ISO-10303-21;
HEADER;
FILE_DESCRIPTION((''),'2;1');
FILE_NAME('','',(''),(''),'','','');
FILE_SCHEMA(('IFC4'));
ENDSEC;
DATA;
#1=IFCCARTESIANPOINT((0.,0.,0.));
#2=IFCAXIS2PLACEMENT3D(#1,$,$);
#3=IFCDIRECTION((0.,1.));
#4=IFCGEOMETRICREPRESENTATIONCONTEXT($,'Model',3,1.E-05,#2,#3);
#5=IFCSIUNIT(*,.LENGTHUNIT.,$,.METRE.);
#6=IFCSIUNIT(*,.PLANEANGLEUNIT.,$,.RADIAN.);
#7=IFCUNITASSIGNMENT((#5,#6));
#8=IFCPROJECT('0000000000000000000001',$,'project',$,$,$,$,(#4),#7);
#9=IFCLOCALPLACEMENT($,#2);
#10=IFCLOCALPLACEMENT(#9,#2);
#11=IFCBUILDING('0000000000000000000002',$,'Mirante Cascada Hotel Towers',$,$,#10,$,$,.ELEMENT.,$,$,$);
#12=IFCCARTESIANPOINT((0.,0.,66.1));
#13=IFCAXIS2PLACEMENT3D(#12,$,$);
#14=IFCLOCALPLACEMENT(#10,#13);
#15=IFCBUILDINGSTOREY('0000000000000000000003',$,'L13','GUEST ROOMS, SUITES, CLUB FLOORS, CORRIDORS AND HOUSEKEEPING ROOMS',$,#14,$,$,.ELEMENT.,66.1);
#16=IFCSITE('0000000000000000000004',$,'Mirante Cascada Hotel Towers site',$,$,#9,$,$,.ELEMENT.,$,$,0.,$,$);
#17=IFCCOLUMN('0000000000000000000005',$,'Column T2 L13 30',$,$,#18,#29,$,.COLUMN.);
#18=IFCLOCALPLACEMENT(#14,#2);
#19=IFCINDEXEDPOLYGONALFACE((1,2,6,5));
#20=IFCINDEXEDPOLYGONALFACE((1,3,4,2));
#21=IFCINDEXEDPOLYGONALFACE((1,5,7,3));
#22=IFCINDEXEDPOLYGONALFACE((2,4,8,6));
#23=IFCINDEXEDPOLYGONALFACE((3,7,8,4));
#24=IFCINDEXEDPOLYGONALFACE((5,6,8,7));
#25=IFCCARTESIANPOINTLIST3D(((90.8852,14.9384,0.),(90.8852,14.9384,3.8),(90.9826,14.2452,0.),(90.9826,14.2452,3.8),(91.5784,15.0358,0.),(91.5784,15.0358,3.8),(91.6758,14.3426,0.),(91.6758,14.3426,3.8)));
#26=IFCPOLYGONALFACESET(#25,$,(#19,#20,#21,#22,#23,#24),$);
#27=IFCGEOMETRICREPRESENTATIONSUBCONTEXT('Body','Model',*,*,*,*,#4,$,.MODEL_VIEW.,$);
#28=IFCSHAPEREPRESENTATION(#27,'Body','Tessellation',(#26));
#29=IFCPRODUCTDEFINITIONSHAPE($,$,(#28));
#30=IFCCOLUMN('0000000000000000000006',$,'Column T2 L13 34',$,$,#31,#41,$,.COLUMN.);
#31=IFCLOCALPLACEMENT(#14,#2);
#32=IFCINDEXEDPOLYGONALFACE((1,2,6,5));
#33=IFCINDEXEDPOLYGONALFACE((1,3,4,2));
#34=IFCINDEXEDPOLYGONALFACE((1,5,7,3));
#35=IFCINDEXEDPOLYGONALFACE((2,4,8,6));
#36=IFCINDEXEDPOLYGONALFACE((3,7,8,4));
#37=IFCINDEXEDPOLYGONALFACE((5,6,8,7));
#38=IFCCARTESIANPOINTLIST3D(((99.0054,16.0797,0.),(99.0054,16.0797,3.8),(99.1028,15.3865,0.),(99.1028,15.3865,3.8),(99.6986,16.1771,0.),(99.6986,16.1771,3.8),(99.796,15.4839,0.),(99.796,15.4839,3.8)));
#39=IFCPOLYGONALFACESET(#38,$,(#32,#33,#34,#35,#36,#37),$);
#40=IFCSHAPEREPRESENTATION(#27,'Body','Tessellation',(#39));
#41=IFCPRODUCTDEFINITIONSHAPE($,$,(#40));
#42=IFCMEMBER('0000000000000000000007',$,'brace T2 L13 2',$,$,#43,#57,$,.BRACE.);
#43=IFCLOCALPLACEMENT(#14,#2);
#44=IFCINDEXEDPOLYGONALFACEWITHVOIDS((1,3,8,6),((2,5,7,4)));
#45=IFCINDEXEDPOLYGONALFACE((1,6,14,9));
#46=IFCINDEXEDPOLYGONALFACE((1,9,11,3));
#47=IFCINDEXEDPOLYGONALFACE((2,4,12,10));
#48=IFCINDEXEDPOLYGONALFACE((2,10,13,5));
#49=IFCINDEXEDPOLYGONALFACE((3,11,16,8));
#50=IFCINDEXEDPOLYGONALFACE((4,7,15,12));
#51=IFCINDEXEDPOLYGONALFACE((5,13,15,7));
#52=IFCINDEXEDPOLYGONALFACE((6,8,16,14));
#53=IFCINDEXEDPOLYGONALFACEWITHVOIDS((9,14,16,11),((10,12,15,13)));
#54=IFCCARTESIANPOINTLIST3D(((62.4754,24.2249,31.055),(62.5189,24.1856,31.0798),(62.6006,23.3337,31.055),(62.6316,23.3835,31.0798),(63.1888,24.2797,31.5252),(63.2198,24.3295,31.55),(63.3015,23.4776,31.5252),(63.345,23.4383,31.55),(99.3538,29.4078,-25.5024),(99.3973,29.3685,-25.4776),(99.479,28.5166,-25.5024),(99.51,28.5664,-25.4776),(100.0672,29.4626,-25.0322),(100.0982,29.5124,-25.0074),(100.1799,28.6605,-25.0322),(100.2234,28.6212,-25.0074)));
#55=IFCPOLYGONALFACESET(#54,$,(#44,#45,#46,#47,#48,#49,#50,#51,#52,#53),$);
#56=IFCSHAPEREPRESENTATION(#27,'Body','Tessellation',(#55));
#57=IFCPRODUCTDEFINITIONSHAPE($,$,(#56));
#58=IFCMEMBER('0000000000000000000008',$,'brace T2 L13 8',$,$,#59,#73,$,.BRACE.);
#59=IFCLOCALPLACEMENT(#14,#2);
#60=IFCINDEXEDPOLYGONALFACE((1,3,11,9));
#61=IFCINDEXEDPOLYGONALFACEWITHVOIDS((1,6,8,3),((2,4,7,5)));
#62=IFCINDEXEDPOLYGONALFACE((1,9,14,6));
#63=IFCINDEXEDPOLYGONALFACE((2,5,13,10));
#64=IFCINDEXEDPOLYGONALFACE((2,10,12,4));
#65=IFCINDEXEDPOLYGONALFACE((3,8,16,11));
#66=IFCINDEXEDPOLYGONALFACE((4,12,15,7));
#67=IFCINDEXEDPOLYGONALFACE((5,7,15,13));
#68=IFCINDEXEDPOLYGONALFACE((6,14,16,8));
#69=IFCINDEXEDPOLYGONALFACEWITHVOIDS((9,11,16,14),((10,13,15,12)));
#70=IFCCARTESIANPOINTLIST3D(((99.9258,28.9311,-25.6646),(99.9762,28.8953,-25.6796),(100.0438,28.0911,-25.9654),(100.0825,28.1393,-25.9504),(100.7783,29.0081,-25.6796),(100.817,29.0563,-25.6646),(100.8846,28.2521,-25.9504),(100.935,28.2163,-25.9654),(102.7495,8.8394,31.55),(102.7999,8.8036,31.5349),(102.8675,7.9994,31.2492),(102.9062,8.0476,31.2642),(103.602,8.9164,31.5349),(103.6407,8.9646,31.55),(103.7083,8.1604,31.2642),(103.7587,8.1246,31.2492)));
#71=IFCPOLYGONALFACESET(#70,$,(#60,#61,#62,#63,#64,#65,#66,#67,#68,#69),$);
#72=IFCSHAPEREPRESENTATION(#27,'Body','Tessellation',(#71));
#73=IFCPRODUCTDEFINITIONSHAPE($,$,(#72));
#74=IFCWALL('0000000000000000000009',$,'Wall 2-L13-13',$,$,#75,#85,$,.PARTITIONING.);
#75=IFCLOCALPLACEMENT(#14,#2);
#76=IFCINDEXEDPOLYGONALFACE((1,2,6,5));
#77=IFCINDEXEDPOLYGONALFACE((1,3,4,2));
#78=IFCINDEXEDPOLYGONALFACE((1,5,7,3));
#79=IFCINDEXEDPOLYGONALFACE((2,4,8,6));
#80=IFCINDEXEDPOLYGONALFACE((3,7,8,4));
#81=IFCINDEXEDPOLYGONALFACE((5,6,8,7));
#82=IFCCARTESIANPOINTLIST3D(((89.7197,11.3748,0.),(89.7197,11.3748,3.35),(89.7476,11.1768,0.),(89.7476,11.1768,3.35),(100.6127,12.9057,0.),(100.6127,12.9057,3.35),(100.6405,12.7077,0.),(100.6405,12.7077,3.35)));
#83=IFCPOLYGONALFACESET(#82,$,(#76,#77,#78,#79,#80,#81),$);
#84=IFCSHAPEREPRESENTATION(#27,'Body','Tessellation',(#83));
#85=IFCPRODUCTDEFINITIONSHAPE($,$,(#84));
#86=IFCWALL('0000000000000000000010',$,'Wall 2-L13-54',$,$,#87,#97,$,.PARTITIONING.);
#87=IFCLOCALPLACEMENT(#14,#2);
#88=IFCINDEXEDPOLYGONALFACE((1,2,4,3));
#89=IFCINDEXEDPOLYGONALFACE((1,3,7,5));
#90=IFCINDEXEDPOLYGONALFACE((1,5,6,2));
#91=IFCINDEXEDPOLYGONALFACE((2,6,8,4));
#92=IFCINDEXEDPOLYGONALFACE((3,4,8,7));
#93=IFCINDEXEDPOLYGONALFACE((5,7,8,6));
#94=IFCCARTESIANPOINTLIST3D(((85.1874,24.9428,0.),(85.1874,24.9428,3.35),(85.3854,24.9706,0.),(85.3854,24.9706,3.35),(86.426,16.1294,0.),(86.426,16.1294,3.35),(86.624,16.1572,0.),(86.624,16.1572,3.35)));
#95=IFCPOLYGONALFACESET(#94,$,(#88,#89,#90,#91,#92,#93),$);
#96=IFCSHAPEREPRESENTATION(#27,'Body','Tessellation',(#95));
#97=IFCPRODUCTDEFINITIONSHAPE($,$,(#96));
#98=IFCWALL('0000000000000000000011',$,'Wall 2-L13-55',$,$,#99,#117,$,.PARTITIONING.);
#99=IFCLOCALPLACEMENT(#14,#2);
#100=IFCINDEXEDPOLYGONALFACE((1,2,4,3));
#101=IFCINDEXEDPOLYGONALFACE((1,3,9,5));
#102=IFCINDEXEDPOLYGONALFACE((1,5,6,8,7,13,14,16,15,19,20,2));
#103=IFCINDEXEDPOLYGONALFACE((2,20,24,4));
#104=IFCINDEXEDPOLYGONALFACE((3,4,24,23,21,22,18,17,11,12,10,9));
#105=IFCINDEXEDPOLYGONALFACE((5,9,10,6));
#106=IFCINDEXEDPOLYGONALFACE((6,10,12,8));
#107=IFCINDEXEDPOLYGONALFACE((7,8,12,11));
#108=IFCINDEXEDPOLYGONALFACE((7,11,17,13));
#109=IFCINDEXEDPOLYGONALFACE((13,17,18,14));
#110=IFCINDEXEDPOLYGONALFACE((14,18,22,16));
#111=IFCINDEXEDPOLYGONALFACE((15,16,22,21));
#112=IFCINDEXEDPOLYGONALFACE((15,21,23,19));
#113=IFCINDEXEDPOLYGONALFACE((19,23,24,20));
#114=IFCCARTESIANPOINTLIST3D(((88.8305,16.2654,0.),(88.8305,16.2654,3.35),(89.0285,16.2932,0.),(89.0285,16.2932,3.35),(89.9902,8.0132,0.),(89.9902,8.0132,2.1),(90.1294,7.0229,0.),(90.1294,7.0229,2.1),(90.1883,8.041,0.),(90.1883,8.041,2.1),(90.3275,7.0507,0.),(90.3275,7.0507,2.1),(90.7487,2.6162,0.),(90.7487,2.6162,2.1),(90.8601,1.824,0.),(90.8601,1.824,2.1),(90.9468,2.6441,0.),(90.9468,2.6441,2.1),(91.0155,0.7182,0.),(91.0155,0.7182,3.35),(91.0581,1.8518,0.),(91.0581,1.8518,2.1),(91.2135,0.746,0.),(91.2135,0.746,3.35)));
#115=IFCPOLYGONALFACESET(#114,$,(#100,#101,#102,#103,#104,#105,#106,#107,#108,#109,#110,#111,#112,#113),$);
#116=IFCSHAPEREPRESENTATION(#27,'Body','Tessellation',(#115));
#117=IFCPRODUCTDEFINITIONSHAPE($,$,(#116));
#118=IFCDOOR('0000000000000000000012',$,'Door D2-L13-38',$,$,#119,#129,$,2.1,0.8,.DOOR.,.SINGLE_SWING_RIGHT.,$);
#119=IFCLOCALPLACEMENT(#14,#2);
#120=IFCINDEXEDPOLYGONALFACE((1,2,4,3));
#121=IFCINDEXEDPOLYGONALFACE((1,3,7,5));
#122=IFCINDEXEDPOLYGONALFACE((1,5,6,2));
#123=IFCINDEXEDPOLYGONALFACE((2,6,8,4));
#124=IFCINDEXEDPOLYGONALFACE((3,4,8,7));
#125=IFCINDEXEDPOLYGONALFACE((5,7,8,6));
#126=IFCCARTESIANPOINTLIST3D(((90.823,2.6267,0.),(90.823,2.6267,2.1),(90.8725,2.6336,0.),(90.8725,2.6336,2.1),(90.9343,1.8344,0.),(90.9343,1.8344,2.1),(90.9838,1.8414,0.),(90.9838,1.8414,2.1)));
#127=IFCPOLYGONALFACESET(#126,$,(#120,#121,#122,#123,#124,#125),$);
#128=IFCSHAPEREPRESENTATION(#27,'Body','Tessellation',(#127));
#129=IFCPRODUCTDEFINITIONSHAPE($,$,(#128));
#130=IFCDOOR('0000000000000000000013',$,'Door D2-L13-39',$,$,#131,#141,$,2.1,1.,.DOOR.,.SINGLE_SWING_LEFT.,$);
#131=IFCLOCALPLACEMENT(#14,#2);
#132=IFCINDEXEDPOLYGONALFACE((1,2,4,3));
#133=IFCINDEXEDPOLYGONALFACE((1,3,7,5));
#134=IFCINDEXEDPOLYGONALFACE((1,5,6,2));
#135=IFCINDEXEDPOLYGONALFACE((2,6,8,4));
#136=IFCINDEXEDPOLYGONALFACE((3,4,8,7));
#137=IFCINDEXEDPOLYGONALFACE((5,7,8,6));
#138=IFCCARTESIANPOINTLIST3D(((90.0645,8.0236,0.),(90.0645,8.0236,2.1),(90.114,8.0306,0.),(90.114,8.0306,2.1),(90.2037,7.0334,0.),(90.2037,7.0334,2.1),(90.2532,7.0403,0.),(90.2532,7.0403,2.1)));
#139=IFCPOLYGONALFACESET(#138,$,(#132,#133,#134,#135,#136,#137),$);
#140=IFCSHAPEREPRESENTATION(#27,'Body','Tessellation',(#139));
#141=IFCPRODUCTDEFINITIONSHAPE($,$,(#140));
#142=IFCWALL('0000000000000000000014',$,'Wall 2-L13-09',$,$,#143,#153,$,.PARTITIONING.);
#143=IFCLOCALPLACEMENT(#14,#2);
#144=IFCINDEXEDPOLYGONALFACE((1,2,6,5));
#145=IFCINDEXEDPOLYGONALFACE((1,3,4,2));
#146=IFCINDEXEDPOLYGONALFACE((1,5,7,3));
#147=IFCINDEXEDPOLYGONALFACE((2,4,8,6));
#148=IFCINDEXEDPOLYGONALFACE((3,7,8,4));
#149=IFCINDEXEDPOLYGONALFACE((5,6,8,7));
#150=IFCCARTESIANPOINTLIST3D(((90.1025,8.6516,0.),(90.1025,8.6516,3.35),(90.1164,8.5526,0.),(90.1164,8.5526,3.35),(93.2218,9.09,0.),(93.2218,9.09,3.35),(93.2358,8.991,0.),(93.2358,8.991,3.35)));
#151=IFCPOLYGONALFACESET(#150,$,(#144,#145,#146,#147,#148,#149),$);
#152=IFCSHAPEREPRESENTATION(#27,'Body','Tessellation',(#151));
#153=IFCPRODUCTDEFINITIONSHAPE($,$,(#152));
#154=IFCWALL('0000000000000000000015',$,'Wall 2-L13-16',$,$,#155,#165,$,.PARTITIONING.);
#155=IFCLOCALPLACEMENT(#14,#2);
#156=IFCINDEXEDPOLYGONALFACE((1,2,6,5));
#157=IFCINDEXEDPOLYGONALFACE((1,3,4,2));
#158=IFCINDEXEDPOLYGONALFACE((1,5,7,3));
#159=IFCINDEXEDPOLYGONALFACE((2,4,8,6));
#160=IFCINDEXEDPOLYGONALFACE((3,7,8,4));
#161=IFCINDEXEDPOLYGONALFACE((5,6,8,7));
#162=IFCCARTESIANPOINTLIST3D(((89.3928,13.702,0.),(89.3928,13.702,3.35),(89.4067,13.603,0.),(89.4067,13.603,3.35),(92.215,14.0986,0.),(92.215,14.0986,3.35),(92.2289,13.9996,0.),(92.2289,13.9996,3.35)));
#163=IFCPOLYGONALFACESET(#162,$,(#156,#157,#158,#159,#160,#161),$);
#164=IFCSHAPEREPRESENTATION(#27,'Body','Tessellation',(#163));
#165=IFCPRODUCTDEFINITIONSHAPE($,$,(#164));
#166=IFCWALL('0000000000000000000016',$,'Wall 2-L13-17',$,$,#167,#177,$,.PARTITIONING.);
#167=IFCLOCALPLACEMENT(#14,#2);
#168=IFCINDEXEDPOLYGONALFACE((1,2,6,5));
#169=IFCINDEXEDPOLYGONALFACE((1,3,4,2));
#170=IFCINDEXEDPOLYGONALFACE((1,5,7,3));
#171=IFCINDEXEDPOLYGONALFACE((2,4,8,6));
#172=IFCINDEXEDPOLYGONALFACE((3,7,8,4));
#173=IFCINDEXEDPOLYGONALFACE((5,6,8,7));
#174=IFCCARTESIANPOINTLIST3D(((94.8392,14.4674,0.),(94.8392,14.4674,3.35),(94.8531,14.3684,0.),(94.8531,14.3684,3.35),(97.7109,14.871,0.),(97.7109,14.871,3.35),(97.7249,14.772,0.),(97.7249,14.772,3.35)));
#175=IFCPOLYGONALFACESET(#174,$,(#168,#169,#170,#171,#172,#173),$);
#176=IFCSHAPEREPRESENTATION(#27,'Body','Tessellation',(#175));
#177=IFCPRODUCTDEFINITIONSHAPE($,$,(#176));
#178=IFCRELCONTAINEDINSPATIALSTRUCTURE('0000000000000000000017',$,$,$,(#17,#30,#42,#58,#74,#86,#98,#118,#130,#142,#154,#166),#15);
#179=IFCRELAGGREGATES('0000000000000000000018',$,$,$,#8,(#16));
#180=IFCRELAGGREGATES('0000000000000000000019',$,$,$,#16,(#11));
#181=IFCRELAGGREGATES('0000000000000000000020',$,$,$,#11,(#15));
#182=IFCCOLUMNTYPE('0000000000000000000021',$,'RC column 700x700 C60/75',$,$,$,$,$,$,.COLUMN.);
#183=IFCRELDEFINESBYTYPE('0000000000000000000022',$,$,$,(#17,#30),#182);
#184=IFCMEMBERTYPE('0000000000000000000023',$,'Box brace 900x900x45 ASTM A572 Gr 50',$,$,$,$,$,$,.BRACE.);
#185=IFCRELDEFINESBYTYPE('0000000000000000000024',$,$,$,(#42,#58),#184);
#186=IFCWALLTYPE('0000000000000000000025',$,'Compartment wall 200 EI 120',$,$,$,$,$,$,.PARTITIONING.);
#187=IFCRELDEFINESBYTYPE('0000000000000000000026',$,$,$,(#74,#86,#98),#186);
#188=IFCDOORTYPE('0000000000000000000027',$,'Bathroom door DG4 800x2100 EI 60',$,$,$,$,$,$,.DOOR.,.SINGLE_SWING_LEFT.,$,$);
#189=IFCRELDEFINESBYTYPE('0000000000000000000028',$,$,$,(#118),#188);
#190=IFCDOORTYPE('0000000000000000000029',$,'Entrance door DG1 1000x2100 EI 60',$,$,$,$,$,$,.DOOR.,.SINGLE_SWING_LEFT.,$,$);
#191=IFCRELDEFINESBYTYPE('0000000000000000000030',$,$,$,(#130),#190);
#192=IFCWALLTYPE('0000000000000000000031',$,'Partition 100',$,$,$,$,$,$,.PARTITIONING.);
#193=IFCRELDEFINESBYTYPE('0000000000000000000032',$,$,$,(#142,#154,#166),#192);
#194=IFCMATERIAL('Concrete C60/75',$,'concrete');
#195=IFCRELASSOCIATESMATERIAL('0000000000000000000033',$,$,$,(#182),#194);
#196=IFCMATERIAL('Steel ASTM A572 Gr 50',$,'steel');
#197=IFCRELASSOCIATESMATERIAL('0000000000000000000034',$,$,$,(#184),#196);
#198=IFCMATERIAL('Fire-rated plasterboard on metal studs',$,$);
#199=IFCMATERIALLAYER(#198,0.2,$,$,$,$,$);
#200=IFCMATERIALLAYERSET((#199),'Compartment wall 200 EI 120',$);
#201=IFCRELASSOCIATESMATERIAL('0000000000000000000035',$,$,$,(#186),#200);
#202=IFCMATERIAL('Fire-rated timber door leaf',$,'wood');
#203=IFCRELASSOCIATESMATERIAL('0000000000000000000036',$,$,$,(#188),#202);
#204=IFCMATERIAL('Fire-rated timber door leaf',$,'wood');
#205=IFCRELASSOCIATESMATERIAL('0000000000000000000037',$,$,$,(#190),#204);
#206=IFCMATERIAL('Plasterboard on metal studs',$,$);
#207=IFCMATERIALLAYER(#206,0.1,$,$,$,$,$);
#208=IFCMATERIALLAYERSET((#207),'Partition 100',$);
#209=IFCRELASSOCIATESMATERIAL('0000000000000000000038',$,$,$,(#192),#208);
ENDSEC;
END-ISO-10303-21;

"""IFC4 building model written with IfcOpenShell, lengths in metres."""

from ifc_helpers import new_model, si_unit, direction, frame, frame_2d, origin, origin_2d, place, context, subcontext, project, spatial, rectangle, hollow_rectangle, extrude, material, layer, layer_set, material_profile, profile_set, type_object, element, fill, save


model = new_model("IFC4")

# Units and contexts
model_context = context("Model", 3, precision=1e-05, world=origin(), true_north=direction((0.0, 1.0)))
body_context = subcontext(model_context, "Body", "Model", "MODEL_VIEW")
ifc_project = project(units=[si_unit("LENGTHUNIT", "METRE"), si_unit("PLANEANGLEUNIT", "RADIAN")], contexts=[model_context])

# Site, building, storey
site_placement = place(None, origin())
site = spatial("IfcSite", under=ifc_project, at=site_placement, Name="Mirante Cascada Hotel Towers site", CompositionType="ELEMENT", RefElevation=0.0)
building_placement = place(site_placement, origin())
building = spatial("IfcBuilding", under=site, at=building_placement, Name="Mirante Cascada Hotel Towers", CompositionType="ELEMENT")
storey_placement = place(building_placement, frame((0.0, 0.0, 66.1)))
storey = spatial("IfcBuildingStorey", under=building, at=storey_placement, Name="L13", Description="GUEST ROOMS, SUITES, CLUB FLOORS, CORRIDORS AND HOUSEKEEPING ROOMS", CompositionType="ELEMENT", Elevation=66.1)

# Columns
ifc_material_1 = material(Name="Concrete C60/75", Category="concrete")
ifc_material_profile_1 = material_profile(ifc_material_1, rectangle(XDim=0.7, YDim=0.7, at=origin_2d()), Name="RC column 700x700 C60/75")
ifc_profile_set_1 = profile_set([ifc_material_profile_1], Name="Concrete C60/75")
column_type = type_object("IfcColumnType", Name="RC column 700x700 C60/75", PredefinedType="COLUMN", material=ifc_profile_set_1)
for number, where, z_axis, x_axis, name in (
    (1, (91.2805, 14.6405, 0.0), (0.0, 0.0, 1.0), (0.990268, 0.139173, 0.0), "Column T2 L13 30"),
    (2, (99.4007, 15.7818, 0.0), (0.0, 0.0, 1.0), (0.990268, 0.139173, 0.0), "Column T2 L13 34"),
):
    element("IfcColumn", number, at=place(storey_placement, frame(where, z_axis=z_axis, x_axis=x_axis)), inside=storey, type_object=column_type, Name=name, PredefinedType="COLUMN", context=body_context, shape_type="SweptSolid", body=[
        extrude(rectangle(XDim=0.7, YDim=0.7, at=origin_2d()), origin(), (0.0, 0.0, 1.0), 3.8),
    ])

# Members
ifc_material_2 = material(Name="Steel ASTM A572 Gr 50", Category="steel")
ifc_material_profile_2 = material_profile(ifc_material_2, hollow_rectangle(XDim=0.9, YDim=0.9, WallThickness=0.045, at=origin_2d()), Name="Box brace 900x900x45 ASTM A572 Gr 50")
ifc_profile_set_2 = profile_set([ifc_material_profile_2], Name="Steel ASTM A572 Gr 50")
member_type = type_object("IfcMemberType", Name="Box brace 900x900x45 ASTM A572 Gr 50", PredefinedType="BRACE", material=ifc_profile_set_2)
member_1_placement = place(storey_placement, frame((99.7886, 29.0145, -25.2549), z_axis=(-0.544594, -0.076537, 0.8352), x_axis=(0.139173, -0.990268, 0.0)))
element("IfcMember", 3, at=member_1_placement, inside=storey, type_object=member_type, Name="brace T2 L13 2", PredefinedType="BRACE", context=body_context, shape_type="SweptSolid", body=[
    extrude(hollow_rectangle(XDim=0.9, YDim=0.9, WallThickness=0.045, at=origin_2d()), origin(), (0.0, 0.0, 1.0), 67.7172),
])
member_2_placement = place(storey_placement, frame((100.4304, 28.5737, -25.815), z_axis=(0.046515, -0.33097, 0.942494), x_axis=(0.990268, 0.139173, 0.0)))
element("IfcMember", 4, at=member_2_placement, inside=storey, type_object=member_type, Name="brace T2 L13 8", PredefinedType="BRACE", context=body_context, shape_type="SweptSolid", body=[
    extrude(hollow_rectangle(XDim=0.9, YDim=0.9, WallThickness=0.045, at=origin_2d()), origin(), (0.0, 0.0, 1.0), 60.7055),
])

# Walls
ifc_material_3 = material(Name="Fire-rated plasterboard on metal studs")
ifc_layer_1 = layer(ifc_material_3, 0.2)
ifc_layer_set_1 = layer_set([ifc_layer_1], Name="Compartment wall 200 EI 120")
wall_type_1 = type_object("IfcWallType", Name="Compartment wall 200 EI 120", PredefinedType="PARTITIONING", material=ifc_layer_set_1)
wall_1_placement = place(storey_placement, frame((100.6266, 12.8067, 0.0), z_axis=(0.0, 0.0, 1.0), x_axis=(-0.990268, -0.139173, 0.0)))
element("IfcWall", 5, at=wall_1_placement, inside=storey, type_object=wall_type_1, Name="Wall 2-L13-13", PredefinedType="PARTITIONING", context=body_context, shape_type="SweptSolid", body=[
    extrude(rectangle(XDim=11.0, YDim=0.2, at=frame_2d((5.5, 0.0))), origin(), (0.0, 0.0, 1.0), 3.35),
])
wall_2_placement = place(storey_placement, frame((86.525, 16.1433, 0.0), z_axis=(0.0, 0.0, 1.0), x_axis=(-0.139168, 0.990269, 0.0)))
element("IfcWall", 6, at=wall_2_placement, inside=storey, type_object=wall_type_1, Name="Wall 2-L13-54", PredefinedType="PARTITIONING", context=body_context, shape_type="SweptSolid", body=[
    extrude(rectangle(XDim=8.9, YDim=0.2, at=frame_2d((4.45, 0.0))), origin(), (0.0, 0.0, 1.0), 3.35),
])

# Wall, openings, doors
wall_3_placement = place(storey_placement, frame((88.9295, 16.2793, 0.0), z_axis=(0.0, 0.0, 1.0), x_axis=(0.139172, -0.990268, 0.0)))
wall_3 = element("IfcWall", 7, at=wall_3_placement, inside=storey, type_object=wall_type_1, Name="Wall 2-L13-55", PredefinedType="PARTITIONING", context=body_context, shape_type="SweptSolid", body=[
    extrude(rectangle(XDim=15.7, YDim=0.2, at=frame_2d((7.85, 0.0))), origin(), (0.0, 0.0, 1.0), 3.35),
])
opening_1_placement = place(wall_3_placement, frame((13.7833, 0.0, 0.0)))
opening_1 = element("IfcOpeningElement", 8, at=opening_1_placement, cuts=wall_3, PredefinedType="OPENING", context=body_context, shape_type="SweptSolid", body=[
    extrude(rectangle(XDim=0.8, YDim=2.1, at=frame_2d((0.4, 1.05))), frame((0.0, 0.1, 0.0), z_axis=(0.0, -1.0, 0.0), x_axis=(1.0, 0.0, 0.0)), (0.0, 0.0, 1.0), 0.2),
])
opening_2_placement = place(wall_3_placement, frame((8.3333, 0.0, 0.0)))
opening_2 = element("IfcOpeningElement", 9, at=opening_2_placement, cuts=wall_3, PredefinedType="OPENING", context=body_context, shape_type="SweptSolid", body=[
    extrude(rectangle(XDim=1.0, YDim=2.1, at=frame_2d((0.5, 1.05))), frame((0.0, 0.1, 0.0), z_axis=(0.0, -1.0, 0.0), x_axis=(1.0, 0.0, 0.0)), (0.0, 0.0, 1.0), 0.2),
])
ifc_material_4 = material(Name="Fire-rated timber door leaf", Category="wood")
door_type_1 = type_object("IfcDoorType", Name="Bathroom door DG4 800x2100 EI 60", OperationType="SINGLE_SWING_LEFT", PredefinedType="DOOR", material=ifc_material_4)
door_1_placement = place(opening_1_placement, frame((0.8, 0.0, 0.0), z_axis=(0.0, 0.0, 1.0), x_axis=(-1.0, 0.0, 0.0)))
door_1 = element("IfcDoor", 10, at=door_1_placement, inside=storey, type_object=door_type_1, Name="Door D2-L13-38", OperationType="SINGLE_SWING_RIGHT", OverallHeight=2.1, OverallWidth=0.8, PredefinedType="DOOR", context=body_context, shape_type="SweptSolid", body=[
    extrude(rectangle(XDim=0.8, YDim=2.1, at=frame_2d((0.4, 1.05))), frame((0.0, 0.025, 0.0), z_axis=(0.0, -1.0, 0.0), x_axis=(1.0, 0.0, 0.0)), (0.0, 0.0, 1.0), 0.05),
])
fill(opening_1, door_1)
ifc_material_5 = material(Name="Fire-rated timber door leaf", Category="wood")
door_type_2 = type_object("IfcDoorType", Name="Entrance door DG1 1000x2100 EI 60", OperationType="SINGLE_SWING_LEFT", PredefinedType="DOOR", material=ifc_material_5)
door_2_placement = place(opening_2_placement, origin())
door_2 = element("IfcDoor", 11, at=door_2_placement, inside=storey, type_object=door_type_2, Name="Door D2-L13-39", OperationType="SINGLE_SWING_LEFT", OverallHeight=2.1, OverallWidth=1.0, PredefinedType="DOOR", context=body_context, shape_type="SweptSolid", body=[
    extrude(rectangle(XDim=1.0, YDim=2.1, at=frame_2d((0.5, 1.05))), frame((0.0, 0.025, 0.0), z_axis=(0.0, -1.0, 0.0), x_axis=(1.0, 0.0, 0.0)), (0.0, 0.0, 1.0), 0.05),
])
fill(opening_2, door_2)

# Walls
ifc_material_6 = material(Name="Plasterboard on metal studs")
ifc_layer_2 = layer(ifc_material_6, 0.1)
ifc_layer_set_2 = layer_set([ifc_layer_2], Name="Partition 100")
wall_type_2 = type_object("IfcWallType", Name="Partition 100", PredefinedType="PARTITIONING", material=ifc_layer_set_2)
wall_4_placement = place(storey_placement, frame((93.2288, 9.0405, 0.0), z_axis=(0.0, 0.0, 1.0), x_axis=(-0.990268, -0.139177, 0.0)))
element("IfcWall", 12, at=wall_4_placement, inside=storey, type_object=wall_type_2, Name="Wall 2-L13-09", PredefinedType="PARTITIONING", context=body_context, shape_type="SweptSolid", body=[
    extrude(rectangle(XDim=3.15, YDim=0.1, at=frame_2d((1.575, 0.0))), origin(), (0.0, 0.0, 1.0), 3.35),
])
wall_5_placement = place(storey_placement, frame((89.3997, 13.6525, 0.0), z_axis=(0.0, 0.0, 1.0), x_axis=(0.99027, 0.139161, 0.0)))
element("IfcWall", 13, at=wall_5_placement, inside=storey, type_object=wall_type_2, Name="Wall 2-L13-16", PredefinedType="PARTITIONING", context=body_context, shape_type="SweptSolid", body=[
    extrude(rectangle(XDim=2.8499, YDim=0.1, at=frame_2d((1.425, 0.0))), origin(), (0.0, 0.0, 1.0), 3.35),
])
wall_6_placement = place(storey_placement, frame((97.7179, 14.8215, 0.0), z_axis=(0.0, 0.0, 1.0), x_axis=(-0.990268, -0.139171, 0.0)))
element("IfcWall", 14, at=wall_6_placement, inside=storey, type_object=wall_type_2, Name="Wall 2-L13-17", PredefinedType="PARTITIONING", context=body_context, shape_type="SweptSolid", body=[
    extrude(rectangle(XDim=2.9, YDim=0.1, at=frame_2d((1.45, 0.0))), origin(), (0.0, 0.0, 1.0), 3.35),
])

save(model, "model.ifc")
